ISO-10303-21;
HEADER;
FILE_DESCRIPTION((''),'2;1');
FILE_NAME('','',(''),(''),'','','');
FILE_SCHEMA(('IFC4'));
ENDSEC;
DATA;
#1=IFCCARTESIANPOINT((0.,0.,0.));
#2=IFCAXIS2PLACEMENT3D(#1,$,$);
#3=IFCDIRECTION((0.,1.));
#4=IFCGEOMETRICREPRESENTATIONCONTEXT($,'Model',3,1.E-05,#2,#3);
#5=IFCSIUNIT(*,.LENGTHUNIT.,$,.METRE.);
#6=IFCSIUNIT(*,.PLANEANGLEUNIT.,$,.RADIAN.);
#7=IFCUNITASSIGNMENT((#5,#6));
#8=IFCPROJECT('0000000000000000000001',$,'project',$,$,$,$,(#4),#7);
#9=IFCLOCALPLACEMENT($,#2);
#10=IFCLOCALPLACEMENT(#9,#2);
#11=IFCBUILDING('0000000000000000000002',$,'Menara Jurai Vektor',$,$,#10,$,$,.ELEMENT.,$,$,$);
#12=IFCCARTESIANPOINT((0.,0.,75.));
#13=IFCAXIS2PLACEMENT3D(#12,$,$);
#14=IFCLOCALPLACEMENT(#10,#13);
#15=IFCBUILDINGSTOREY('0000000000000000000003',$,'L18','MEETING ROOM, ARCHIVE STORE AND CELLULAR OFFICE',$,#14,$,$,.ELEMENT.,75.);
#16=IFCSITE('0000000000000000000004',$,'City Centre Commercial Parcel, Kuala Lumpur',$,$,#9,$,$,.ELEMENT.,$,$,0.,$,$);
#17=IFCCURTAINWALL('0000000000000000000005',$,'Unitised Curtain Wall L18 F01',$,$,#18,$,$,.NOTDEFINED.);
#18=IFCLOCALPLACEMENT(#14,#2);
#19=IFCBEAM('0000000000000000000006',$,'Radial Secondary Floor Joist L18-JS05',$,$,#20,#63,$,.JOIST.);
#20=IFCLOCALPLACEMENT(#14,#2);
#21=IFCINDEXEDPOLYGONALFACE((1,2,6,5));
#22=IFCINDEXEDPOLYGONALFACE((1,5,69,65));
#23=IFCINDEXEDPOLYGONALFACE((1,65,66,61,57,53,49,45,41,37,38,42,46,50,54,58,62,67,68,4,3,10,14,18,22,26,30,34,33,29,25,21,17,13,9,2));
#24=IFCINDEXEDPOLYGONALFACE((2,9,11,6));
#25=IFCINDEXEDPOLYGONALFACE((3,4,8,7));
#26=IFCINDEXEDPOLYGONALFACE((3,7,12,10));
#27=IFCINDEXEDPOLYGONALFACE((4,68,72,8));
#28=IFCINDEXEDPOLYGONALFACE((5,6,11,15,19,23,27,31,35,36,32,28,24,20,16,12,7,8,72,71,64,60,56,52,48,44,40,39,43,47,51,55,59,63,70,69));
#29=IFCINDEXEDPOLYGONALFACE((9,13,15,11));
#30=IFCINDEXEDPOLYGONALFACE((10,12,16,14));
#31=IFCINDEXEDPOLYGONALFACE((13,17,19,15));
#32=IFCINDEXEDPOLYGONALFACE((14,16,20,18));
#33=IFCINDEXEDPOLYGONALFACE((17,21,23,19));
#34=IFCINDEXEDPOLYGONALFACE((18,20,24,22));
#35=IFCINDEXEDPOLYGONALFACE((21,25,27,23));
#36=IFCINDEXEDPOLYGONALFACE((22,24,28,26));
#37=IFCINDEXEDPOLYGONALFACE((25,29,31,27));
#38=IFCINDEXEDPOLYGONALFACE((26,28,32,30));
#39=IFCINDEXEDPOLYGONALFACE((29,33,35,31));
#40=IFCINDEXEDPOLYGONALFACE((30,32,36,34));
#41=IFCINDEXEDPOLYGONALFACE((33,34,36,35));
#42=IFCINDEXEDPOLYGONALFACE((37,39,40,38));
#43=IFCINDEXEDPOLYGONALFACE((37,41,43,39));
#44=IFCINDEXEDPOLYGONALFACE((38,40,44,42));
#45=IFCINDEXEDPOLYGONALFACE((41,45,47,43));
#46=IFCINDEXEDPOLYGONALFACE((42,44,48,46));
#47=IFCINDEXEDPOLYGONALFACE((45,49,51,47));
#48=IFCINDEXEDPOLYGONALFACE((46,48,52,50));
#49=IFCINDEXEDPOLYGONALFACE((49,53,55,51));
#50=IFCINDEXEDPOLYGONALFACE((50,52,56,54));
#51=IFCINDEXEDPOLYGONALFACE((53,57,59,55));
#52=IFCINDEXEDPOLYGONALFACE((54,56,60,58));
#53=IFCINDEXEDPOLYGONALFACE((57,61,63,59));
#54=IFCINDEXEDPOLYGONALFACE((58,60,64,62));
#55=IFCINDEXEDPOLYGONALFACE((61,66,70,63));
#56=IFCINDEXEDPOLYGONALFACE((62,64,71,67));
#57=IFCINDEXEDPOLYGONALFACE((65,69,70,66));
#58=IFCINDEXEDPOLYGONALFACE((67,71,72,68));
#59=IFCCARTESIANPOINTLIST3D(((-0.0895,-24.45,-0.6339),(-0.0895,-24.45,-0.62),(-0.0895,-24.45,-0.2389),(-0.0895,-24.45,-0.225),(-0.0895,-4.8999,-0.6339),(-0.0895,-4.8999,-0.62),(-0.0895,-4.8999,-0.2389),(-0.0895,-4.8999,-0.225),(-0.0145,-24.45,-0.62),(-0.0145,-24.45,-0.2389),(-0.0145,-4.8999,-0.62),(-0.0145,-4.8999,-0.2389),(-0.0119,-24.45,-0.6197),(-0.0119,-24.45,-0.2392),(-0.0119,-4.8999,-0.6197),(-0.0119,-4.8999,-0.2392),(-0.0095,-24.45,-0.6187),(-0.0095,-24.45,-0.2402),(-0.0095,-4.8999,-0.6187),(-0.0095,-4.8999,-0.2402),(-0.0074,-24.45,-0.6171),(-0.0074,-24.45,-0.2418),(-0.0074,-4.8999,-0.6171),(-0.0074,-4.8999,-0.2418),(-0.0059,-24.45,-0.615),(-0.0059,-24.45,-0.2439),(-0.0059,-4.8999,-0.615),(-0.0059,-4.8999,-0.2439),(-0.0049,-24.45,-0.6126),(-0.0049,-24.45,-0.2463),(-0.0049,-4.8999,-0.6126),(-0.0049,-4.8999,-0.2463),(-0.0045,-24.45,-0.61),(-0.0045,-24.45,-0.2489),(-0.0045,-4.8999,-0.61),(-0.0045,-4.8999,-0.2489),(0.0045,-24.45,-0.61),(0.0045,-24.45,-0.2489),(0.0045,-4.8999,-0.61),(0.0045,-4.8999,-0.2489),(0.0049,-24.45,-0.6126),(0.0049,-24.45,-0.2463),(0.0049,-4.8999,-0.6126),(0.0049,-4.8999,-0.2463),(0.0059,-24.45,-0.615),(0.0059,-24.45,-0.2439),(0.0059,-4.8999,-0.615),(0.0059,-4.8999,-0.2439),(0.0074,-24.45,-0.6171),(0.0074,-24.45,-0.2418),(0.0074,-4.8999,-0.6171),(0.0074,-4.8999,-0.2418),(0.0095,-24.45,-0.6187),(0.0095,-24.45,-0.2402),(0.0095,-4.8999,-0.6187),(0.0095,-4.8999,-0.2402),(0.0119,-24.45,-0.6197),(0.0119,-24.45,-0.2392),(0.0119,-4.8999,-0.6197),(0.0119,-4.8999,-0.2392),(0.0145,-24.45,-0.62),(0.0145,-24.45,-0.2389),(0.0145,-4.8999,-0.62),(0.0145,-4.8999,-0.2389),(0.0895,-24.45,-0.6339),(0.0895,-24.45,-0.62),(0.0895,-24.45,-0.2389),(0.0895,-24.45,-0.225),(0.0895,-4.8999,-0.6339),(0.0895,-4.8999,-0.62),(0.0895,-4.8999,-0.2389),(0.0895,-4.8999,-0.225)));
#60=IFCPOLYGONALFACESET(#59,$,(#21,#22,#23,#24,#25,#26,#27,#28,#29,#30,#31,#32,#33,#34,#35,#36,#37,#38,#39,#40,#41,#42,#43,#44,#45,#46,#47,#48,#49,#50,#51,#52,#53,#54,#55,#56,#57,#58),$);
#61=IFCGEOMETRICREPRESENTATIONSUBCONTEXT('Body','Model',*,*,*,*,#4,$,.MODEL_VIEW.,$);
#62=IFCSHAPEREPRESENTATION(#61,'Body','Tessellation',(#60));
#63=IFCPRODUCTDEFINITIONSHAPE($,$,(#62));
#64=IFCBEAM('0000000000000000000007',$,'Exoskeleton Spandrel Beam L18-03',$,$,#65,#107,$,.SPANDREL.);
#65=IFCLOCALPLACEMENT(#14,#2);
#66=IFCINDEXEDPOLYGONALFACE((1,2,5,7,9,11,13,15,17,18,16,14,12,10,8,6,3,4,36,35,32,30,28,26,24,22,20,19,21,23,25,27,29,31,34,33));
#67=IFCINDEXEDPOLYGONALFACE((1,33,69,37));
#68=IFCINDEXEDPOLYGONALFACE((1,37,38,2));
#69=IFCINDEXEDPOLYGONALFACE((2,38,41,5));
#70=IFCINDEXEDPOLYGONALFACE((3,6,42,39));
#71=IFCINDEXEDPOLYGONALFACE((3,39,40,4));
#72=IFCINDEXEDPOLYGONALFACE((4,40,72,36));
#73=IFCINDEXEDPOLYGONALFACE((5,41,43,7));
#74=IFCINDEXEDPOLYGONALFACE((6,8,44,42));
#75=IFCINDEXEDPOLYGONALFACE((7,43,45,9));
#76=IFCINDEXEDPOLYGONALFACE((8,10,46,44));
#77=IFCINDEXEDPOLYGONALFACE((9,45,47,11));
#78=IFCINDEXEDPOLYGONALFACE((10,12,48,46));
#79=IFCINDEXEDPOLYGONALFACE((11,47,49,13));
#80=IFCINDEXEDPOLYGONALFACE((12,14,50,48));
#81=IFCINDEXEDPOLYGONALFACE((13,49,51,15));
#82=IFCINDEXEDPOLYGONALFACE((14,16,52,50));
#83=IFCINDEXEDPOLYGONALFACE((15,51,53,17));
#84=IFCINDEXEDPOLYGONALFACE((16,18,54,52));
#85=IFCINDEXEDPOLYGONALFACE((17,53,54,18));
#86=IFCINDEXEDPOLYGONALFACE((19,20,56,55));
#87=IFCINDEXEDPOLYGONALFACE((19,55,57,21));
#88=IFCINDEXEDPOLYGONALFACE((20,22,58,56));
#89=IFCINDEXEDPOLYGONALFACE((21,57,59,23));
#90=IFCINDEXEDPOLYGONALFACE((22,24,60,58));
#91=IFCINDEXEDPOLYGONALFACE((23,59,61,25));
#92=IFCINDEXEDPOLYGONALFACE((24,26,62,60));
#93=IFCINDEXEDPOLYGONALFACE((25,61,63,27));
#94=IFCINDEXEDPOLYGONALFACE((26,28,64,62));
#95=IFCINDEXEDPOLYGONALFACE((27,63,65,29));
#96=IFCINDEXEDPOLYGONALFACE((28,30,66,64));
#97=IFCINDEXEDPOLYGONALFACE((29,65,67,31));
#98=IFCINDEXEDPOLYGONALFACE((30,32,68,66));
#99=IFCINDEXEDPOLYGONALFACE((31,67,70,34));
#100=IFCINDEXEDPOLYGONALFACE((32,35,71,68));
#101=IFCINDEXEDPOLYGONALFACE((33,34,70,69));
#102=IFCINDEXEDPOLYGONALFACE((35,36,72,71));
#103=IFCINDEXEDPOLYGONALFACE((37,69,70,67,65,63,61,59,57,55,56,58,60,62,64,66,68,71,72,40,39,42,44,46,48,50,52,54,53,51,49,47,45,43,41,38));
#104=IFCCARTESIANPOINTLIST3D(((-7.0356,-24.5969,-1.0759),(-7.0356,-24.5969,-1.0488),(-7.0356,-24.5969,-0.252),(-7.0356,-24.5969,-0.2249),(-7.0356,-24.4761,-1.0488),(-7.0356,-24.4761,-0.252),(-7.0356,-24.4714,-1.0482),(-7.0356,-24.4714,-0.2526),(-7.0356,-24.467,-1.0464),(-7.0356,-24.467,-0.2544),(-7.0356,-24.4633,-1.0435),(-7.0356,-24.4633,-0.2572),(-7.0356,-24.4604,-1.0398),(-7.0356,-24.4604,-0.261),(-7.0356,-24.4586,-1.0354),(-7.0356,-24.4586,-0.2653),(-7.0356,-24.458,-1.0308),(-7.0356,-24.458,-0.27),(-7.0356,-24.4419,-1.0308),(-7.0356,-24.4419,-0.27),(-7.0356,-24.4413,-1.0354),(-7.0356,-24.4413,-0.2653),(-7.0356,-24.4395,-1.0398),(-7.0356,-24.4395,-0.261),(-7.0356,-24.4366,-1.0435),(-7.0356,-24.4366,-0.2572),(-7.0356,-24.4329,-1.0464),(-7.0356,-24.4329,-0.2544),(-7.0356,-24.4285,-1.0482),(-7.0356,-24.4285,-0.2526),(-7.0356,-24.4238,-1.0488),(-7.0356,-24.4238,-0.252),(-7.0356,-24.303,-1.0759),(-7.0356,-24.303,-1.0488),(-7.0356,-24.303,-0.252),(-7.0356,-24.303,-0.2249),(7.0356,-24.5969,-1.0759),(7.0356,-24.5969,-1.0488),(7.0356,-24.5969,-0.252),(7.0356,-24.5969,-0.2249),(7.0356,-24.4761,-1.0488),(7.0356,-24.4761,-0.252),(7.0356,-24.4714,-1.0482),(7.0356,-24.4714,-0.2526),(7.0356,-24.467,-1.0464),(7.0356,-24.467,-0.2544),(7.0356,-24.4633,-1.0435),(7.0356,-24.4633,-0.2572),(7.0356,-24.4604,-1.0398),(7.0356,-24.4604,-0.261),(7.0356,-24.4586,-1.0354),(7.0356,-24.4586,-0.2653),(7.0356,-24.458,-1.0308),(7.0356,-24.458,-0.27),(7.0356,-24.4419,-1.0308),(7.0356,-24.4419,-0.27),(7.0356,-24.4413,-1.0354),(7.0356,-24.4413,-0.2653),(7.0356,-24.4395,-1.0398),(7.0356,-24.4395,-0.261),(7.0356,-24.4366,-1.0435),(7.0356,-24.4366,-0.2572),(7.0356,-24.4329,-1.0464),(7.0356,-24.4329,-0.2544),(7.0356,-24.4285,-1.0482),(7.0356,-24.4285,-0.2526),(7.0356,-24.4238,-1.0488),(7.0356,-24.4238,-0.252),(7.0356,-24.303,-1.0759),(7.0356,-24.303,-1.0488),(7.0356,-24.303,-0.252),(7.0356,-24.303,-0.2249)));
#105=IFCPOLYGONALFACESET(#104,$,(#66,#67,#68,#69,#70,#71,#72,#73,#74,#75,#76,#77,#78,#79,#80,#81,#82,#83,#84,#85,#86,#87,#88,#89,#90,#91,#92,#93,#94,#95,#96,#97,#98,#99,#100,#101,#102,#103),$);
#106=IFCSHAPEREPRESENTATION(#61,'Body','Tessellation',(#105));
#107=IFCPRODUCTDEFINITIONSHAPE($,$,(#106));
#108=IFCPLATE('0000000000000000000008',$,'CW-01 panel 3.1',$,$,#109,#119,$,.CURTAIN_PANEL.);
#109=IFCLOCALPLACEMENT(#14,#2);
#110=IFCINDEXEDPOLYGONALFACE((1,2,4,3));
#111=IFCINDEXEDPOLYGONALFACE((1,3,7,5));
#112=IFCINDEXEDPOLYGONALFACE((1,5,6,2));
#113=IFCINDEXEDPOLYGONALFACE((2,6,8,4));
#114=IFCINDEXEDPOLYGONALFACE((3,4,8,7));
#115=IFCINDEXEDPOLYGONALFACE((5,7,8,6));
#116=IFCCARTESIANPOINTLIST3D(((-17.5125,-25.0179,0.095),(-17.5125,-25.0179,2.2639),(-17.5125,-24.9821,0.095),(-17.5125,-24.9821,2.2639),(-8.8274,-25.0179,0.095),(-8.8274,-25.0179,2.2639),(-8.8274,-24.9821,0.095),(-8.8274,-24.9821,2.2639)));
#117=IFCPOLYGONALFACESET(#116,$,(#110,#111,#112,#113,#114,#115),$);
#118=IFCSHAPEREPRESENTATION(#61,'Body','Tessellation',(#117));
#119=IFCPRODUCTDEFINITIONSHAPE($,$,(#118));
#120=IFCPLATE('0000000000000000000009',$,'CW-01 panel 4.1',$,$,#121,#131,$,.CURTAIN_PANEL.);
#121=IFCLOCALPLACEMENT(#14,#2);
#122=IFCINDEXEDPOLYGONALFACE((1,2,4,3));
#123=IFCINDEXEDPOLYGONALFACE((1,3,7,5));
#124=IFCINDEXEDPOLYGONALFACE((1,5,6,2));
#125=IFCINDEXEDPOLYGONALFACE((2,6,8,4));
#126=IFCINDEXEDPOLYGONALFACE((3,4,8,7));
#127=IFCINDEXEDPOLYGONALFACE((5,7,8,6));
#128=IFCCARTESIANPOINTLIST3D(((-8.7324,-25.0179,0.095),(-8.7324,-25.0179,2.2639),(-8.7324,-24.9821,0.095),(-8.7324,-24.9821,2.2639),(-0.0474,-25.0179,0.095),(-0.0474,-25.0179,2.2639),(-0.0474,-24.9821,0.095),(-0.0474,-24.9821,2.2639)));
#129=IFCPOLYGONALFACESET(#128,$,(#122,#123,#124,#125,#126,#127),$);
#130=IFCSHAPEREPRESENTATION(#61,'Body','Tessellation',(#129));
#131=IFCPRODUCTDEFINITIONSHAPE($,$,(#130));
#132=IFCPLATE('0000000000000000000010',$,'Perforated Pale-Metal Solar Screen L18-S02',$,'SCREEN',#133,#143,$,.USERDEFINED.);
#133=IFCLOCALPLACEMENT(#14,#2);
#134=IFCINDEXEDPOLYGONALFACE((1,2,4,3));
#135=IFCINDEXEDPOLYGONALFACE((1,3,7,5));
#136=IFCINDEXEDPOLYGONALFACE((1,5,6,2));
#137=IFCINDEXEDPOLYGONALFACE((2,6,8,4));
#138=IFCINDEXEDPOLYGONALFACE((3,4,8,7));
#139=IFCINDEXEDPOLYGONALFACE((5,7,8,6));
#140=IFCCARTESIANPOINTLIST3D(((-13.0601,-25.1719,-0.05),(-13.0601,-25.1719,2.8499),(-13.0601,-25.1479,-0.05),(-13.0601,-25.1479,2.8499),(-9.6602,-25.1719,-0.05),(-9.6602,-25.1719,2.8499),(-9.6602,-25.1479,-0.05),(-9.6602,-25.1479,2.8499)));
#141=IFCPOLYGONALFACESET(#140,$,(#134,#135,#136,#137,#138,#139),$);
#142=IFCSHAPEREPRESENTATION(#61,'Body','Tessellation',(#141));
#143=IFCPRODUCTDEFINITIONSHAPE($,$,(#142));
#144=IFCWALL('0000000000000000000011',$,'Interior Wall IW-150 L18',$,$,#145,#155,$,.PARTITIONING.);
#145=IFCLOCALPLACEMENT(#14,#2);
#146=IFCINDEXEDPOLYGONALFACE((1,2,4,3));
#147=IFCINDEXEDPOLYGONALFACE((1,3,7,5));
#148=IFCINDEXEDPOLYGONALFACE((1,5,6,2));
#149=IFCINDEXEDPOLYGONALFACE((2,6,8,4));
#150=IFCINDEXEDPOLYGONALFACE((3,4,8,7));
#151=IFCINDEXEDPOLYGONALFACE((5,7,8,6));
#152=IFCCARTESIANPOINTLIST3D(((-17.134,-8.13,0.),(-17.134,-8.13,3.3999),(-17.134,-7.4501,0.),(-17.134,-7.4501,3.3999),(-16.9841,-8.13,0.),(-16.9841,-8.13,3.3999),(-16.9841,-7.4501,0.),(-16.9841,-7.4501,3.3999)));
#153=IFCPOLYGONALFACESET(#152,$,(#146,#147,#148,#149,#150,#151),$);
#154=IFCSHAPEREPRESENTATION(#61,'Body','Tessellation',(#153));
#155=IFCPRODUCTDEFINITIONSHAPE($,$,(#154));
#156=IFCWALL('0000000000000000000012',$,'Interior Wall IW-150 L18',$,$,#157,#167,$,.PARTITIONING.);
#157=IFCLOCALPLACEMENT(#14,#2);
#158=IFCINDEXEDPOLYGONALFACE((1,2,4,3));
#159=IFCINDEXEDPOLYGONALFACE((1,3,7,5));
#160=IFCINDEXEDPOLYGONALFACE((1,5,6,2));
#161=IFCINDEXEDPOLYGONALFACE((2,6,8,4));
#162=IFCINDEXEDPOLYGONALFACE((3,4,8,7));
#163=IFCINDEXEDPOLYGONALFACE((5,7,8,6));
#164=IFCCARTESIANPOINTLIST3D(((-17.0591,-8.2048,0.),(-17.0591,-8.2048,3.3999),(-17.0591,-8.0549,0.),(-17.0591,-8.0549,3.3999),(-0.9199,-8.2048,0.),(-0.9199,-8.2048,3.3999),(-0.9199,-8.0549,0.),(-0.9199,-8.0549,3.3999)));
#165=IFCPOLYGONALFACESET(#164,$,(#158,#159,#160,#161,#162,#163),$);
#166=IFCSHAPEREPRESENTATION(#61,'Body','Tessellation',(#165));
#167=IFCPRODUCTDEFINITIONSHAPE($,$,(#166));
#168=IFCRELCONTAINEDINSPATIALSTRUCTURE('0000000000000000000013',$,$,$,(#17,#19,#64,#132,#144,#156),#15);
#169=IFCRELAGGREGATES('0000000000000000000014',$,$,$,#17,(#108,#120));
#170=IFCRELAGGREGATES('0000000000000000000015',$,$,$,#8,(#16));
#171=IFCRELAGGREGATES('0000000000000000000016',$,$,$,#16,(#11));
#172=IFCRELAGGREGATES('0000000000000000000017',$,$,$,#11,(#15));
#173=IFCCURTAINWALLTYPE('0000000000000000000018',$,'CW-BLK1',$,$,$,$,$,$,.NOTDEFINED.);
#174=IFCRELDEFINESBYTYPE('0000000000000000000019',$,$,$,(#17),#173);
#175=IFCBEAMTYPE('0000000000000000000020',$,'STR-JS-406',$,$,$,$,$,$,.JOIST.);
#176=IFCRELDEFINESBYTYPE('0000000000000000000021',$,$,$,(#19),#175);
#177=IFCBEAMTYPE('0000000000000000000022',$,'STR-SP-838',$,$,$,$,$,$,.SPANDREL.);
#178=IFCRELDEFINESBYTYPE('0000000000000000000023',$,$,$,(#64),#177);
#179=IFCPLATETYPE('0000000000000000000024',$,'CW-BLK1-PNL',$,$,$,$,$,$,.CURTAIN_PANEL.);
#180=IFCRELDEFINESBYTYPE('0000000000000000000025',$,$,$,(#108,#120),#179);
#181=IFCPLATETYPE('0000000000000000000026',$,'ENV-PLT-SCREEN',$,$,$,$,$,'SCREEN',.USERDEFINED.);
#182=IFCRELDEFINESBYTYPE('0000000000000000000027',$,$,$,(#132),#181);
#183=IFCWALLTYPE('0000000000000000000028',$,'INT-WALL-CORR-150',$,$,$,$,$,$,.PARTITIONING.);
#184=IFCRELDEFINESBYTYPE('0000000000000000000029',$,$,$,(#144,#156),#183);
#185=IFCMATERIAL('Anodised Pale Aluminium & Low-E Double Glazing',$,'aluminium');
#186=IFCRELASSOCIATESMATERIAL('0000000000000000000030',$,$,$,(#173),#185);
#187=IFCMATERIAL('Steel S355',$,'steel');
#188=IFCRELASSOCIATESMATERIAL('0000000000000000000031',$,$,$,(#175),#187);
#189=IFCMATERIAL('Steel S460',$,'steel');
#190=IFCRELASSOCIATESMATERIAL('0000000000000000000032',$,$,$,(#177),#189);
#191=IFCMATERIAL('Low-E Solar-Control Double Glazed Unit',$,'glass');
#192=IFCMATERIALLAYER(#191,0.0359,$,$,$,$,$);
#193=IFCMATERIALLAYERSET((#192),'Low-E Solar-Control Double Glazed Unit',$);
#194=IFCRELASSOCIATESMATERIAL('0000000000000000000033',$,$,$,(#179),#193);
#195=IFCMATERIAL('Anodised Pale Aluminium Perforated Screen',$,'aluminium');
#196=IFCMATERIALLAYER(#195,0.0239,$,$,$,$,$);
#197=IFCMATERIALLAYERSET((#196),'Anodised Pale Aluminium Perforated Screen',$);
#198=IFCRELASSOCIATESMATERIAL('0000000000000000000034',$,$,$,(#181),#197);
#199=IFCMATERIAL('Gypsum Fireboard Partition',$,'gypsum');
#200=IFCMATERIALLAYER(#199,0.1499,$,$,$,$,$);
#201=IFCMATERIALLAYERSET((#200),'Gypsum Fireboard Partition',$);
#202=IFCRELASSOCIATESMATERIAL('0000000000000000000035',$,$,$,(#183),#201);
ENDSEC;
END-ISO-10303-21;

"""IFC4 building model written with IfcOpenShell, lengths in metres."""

from ifc_helpers import new_model, si_unit, direction, frame, frame_2d, origin, origin_2d, place, context, subcontext, project, spatial, rectangle, i_section, extrude, material, layer, layer_set, material_profile, profile_set, type_object, element, aggregate, save


model = new_model("IFC4")

# Units and contexts
model_context = context("Model", 3, precision=1e-05, world=origin(), true_north=direction((0.0, 1.0)))
body_context = subcontext(model_context, "Body", "Model", "MODEL_VIEW")
ifc_project = project(units=[si_unit("LENGTHUNIT", "METRE"), si_unit("PLANEANGLEUNIT", "RADIAN")], contexts=[model_context])

# Site, building, storey
site_placement = place(None, origin())
site = spatial("IfcSite", under=ifc_project, at=site_placement, Name="City Centre Commercial Parcel, Kuala Lumpur", CompositionType="ELEMENT", RefElevation=0.0)
building_placement = place(site_placement, origin())
building = spatial("IfcBuilding", under=site, at=building_placement, Name="Menara Jurai Vektor", CompositionType="ELEMENT")
storey_placement = place(building_placement, frame((0.0, 0.0, 75.0)))
storey = spatial("IfcBuildingStorey", under=building, at=storey_placement, Name="L18", Description="MEETING ROOM, ARCHIVE STORE AND CELLULAR OFFICE", CompositionType="ELEMENT", Elevation=75.0)

# Shared definitions
ifc_material_1 = material(Name="Steel S460", Category="steel")

# Curtain wall
ifc_material_2 = material(Name="Anodised Pale Aluminium & Low-E Double Glazing", Category="aluminium")
curtain_wall_type = type_object("IfcCurtainWallType", Name="CW-BLK1", PredefinedType="NOTDEFINED", material=ifc_material_2)
curtain_wall_placement = place(storey_placement, origin())
curtain_wall = element("IfcCurtainWall", 1, at=curtain_wall_placement, inside=storey, type_object=curtain_wall_type, Name="Unitised Curtain Wall L18 F01", PredefinedType="NOTDEFINED")

# Beams
ifc_material_3 = material(Name="Steel S355", Category="steel")
ifc_material_profile_1 = material_profile(ifc_material_3, i_section(OverallWidth=0.179, OverallDepth=0.4089, WebThickness=0.009, FlangeThickness=0.0139, FilletRadius=0.01, at=origin_2d()), Name="UKB 406x178x67")
ifc_profile_set_1 = profile_set([ifc_material_profile_1], Name="Steel S355")
beam_type_1 = type_object("IfcBeamType", Name="STR-JS-406", PredefinedType="JOIST", material=ifc_profile_set_1)
beam_1_placement = place(storey_placement, frame((0.0, -24.45, -0.4294), z_axis=(0.0, 1.0, 0.0), x_axis=(-1.0, 0.0, 0.0)))
element("IfcBeam", 2, at=beam_1_placement, inside=storey, type_object=beam_type_1, Name="Radial Secondary Floor Joist L18-JS05", PredefinedType="JOIST", context=body_context, shape_type="SweptSolid", body=[
    extrude(i_section(OverallWidth=0.179, OverallDepth=0.4089, WebThickness=0.009, FlangeThickness=0.0139, FilletRadius=0.01, at=origin_2d()), origin(), (0.0, 0.0, 1.0), 19.55),
])
ifc_material_profile_2 = material_profile(ifc_material_1, i_section(OverallWidth=0.2939, OverallDepth=0.8511, WebThickness=0.0161, FlangeThickness=0.0271, FilletRadius=0.0181, at=origin_2d()), Name="UKB 838x292x226")
ifc_profile_set_2 = profile_set([ifc_material_profile_2], Name="Steel S460")
beam_type_2 = type_object("IfcBeamType", Name="STR-SP-838", PredefinedType="SPANDREL", material=ifc_profile_set_2)
beam_2_placement = place(storey_placement, frame((-7.0356, -24.45, -0.6504), z_axis=(1.0, 0.0, 0.0), x_axis=(0.0, 1.0, 0.0)))
element("IfcBeam", 3, at=beam_2_placement, inside=storey, type_object=beam_type_2, Name="Exoskeleton Spandrel Beam L18-03", PredefinedType="SPANDREL", context=body_context, shape_type="SweptSolid", body=[
    extrude(i_section(OverallWidth=0.2939, OverallDepth=0.8511, WebThickness=0.0161, FlangeThickness=0.0271, FilletRadius=0.0181, at=origin_2d()), origin(), (0.0, 0.0, 1.0), 14.0713),
])

# Plates
ifc_material_4 = material(Name="Low-E Solar-Control Double Glazed Unit", Category="glass")
ifc_layer_1 = layer(ifc_material_4, 0.0359)
ifc_layer_set_1 = layer_set([ifc_layer_1], Name="Low-E Solar-Control Double Glazed Unit")
plate_type_1 = type_object("IfcPlateType", Name="CW-BLK1-PNL", PredefinedType="CURTAIN_PANEL", material=ifc_layer_set_1)
plate_1_placement = place(storey_placement, frame((-13.1699, -25.0, 0.095), z_axis=(0.0, 0.0, 1.0), x_axis=(1.0, 0.0, 0.0)))
plate_1 = element("IfcPlate", 4, at=plate_1_placement, type_object=plate_type_1, Name="CW-01 panel 3.1", PredefinedType="CURTAIN_PANEL", context=body_context, shape_type="SweptSolid", body=[
    extrude(rectangle(XDim=8.6851, YDim=0.0359, at=origin_2d()), origin(), (0.0, 0.0, 1.0), 2.1689),
])
plate_2_placement = place(storey_placement, frame((-4.3899, -25.0, 0.095), z_axis=(0.0, 0.0, 1.0), x_axis=(1.0, 0.0, 0.0)))
plate_2 = element("IfcPlate", 5, at=plate_2_placement, type_object=plate_type_1, Name="CW-01 panel 4.1", PredefinedType="CURTAIN_PANEL", context=body_context, shape_type="SweptSolid", body=[
    extrude(rectangle(XDim=8.6851, YDim=0.0359, at=origin_2d()), origin(), (0.0, 0.0, 1.0), 2.1689),
])
aggregate(curtain_wall, [plate_1, plate_2])
ifc_material_5 = material(Name="Anodised Pale Aluminium Perforated Screen", Category="aluminium")
ifc_layer_2 = layer(ifc_material_5, 0.0239)
ifc_layer_set_2 = layer_set([ifc_layer_2], Name="Anodised Pale Aluminium Perforated Screen")
plate_type_2 = type_object("IfcPlateType", Name="ENV-PLT-SCREEN", ElementType="SCREEN", PredefinedType="USERDEFINED", material=ifc_layer_set_2)
plate_3_placement = place(storey_placement, frame((-11.3601, -25.1599, -0.05), z_axis=(0.0, 0.0, 1.0), x_axis=(1.0, 0.0, 0.0)))
element("IfcPlate", 6, at=plate_3_placement, inside=storey, type_object=plate_type_2, Name="Perforated Pale-Metal Solar Screen L18-S02", ObjectType="SCREEN", PredefinedType="USERDEFINED", context=body_context, shape_type="SweptSolid", body=[
    extrude(rectangle(XDim=3.3999, YDim=0.0239, at=origin_2d()), origin(), (0.0, 0.0, 1.0), 2.8999),
])

# Walls
ifc_material_6 = material(Name="Gypsum Fireboard Partition", Category="gypsum")
ifc_layer_3 = layer(ifc_material_6, 0.1499)
ifc_layer_set_3 = layer_set([ifc_layer_3], Name="Gypsum Fireboard Partition")
wall_type_1 = type_object("IfcWallType", Name="INT-WALL-CORR-150", PredefinedType="PARTITIONING", material=ifc_layer_set_3)
wall_1_placement = place(storey_placement, frame((-17.0591, -8.1299, 0.0), z_axis=(0.0, 0.0, 1.0), x_axis=(0.0, 1.0, 0.0)))
element("IfcWall", 7, at=wall_1_placement, inside=storey, type_object=wall_type_1, Name="Interior Wall IW-150 L18", PredefinedType="PARTITIONING", context=body_context, shape_type="SweptSolid", body=[
    extrude(rectangle(XDim=0.6799, YDim=0.1499, at=frame_2d((0.3398, 0.0))), origin(), (0.0, 0.0, 1.0), 3.3999),
])
wall_2_placement = place(storey_placement, frame((-17.0591, -8.1299, 0.0), z_axis=(0.0, 0.0, 1.0), x_axis=(1.0, 0.0, 0.0)))
element("IfcWall", 8, at=wall_2_placement, inside=storey, type_object=wall_type_1, Name="Interior Wall IW-150 L18", PredefinedType="PARTITIONING", context=body_context, shape_type="SweptSolid", body=[
    extrude(rectangle(XDim=16.1392, YDim=0.1499, at=frame_2d((8.0696, 0.0))), origin(), (0.0, 0.0, 1.0), 3.3999),
])

save(model, "model.ifc")
